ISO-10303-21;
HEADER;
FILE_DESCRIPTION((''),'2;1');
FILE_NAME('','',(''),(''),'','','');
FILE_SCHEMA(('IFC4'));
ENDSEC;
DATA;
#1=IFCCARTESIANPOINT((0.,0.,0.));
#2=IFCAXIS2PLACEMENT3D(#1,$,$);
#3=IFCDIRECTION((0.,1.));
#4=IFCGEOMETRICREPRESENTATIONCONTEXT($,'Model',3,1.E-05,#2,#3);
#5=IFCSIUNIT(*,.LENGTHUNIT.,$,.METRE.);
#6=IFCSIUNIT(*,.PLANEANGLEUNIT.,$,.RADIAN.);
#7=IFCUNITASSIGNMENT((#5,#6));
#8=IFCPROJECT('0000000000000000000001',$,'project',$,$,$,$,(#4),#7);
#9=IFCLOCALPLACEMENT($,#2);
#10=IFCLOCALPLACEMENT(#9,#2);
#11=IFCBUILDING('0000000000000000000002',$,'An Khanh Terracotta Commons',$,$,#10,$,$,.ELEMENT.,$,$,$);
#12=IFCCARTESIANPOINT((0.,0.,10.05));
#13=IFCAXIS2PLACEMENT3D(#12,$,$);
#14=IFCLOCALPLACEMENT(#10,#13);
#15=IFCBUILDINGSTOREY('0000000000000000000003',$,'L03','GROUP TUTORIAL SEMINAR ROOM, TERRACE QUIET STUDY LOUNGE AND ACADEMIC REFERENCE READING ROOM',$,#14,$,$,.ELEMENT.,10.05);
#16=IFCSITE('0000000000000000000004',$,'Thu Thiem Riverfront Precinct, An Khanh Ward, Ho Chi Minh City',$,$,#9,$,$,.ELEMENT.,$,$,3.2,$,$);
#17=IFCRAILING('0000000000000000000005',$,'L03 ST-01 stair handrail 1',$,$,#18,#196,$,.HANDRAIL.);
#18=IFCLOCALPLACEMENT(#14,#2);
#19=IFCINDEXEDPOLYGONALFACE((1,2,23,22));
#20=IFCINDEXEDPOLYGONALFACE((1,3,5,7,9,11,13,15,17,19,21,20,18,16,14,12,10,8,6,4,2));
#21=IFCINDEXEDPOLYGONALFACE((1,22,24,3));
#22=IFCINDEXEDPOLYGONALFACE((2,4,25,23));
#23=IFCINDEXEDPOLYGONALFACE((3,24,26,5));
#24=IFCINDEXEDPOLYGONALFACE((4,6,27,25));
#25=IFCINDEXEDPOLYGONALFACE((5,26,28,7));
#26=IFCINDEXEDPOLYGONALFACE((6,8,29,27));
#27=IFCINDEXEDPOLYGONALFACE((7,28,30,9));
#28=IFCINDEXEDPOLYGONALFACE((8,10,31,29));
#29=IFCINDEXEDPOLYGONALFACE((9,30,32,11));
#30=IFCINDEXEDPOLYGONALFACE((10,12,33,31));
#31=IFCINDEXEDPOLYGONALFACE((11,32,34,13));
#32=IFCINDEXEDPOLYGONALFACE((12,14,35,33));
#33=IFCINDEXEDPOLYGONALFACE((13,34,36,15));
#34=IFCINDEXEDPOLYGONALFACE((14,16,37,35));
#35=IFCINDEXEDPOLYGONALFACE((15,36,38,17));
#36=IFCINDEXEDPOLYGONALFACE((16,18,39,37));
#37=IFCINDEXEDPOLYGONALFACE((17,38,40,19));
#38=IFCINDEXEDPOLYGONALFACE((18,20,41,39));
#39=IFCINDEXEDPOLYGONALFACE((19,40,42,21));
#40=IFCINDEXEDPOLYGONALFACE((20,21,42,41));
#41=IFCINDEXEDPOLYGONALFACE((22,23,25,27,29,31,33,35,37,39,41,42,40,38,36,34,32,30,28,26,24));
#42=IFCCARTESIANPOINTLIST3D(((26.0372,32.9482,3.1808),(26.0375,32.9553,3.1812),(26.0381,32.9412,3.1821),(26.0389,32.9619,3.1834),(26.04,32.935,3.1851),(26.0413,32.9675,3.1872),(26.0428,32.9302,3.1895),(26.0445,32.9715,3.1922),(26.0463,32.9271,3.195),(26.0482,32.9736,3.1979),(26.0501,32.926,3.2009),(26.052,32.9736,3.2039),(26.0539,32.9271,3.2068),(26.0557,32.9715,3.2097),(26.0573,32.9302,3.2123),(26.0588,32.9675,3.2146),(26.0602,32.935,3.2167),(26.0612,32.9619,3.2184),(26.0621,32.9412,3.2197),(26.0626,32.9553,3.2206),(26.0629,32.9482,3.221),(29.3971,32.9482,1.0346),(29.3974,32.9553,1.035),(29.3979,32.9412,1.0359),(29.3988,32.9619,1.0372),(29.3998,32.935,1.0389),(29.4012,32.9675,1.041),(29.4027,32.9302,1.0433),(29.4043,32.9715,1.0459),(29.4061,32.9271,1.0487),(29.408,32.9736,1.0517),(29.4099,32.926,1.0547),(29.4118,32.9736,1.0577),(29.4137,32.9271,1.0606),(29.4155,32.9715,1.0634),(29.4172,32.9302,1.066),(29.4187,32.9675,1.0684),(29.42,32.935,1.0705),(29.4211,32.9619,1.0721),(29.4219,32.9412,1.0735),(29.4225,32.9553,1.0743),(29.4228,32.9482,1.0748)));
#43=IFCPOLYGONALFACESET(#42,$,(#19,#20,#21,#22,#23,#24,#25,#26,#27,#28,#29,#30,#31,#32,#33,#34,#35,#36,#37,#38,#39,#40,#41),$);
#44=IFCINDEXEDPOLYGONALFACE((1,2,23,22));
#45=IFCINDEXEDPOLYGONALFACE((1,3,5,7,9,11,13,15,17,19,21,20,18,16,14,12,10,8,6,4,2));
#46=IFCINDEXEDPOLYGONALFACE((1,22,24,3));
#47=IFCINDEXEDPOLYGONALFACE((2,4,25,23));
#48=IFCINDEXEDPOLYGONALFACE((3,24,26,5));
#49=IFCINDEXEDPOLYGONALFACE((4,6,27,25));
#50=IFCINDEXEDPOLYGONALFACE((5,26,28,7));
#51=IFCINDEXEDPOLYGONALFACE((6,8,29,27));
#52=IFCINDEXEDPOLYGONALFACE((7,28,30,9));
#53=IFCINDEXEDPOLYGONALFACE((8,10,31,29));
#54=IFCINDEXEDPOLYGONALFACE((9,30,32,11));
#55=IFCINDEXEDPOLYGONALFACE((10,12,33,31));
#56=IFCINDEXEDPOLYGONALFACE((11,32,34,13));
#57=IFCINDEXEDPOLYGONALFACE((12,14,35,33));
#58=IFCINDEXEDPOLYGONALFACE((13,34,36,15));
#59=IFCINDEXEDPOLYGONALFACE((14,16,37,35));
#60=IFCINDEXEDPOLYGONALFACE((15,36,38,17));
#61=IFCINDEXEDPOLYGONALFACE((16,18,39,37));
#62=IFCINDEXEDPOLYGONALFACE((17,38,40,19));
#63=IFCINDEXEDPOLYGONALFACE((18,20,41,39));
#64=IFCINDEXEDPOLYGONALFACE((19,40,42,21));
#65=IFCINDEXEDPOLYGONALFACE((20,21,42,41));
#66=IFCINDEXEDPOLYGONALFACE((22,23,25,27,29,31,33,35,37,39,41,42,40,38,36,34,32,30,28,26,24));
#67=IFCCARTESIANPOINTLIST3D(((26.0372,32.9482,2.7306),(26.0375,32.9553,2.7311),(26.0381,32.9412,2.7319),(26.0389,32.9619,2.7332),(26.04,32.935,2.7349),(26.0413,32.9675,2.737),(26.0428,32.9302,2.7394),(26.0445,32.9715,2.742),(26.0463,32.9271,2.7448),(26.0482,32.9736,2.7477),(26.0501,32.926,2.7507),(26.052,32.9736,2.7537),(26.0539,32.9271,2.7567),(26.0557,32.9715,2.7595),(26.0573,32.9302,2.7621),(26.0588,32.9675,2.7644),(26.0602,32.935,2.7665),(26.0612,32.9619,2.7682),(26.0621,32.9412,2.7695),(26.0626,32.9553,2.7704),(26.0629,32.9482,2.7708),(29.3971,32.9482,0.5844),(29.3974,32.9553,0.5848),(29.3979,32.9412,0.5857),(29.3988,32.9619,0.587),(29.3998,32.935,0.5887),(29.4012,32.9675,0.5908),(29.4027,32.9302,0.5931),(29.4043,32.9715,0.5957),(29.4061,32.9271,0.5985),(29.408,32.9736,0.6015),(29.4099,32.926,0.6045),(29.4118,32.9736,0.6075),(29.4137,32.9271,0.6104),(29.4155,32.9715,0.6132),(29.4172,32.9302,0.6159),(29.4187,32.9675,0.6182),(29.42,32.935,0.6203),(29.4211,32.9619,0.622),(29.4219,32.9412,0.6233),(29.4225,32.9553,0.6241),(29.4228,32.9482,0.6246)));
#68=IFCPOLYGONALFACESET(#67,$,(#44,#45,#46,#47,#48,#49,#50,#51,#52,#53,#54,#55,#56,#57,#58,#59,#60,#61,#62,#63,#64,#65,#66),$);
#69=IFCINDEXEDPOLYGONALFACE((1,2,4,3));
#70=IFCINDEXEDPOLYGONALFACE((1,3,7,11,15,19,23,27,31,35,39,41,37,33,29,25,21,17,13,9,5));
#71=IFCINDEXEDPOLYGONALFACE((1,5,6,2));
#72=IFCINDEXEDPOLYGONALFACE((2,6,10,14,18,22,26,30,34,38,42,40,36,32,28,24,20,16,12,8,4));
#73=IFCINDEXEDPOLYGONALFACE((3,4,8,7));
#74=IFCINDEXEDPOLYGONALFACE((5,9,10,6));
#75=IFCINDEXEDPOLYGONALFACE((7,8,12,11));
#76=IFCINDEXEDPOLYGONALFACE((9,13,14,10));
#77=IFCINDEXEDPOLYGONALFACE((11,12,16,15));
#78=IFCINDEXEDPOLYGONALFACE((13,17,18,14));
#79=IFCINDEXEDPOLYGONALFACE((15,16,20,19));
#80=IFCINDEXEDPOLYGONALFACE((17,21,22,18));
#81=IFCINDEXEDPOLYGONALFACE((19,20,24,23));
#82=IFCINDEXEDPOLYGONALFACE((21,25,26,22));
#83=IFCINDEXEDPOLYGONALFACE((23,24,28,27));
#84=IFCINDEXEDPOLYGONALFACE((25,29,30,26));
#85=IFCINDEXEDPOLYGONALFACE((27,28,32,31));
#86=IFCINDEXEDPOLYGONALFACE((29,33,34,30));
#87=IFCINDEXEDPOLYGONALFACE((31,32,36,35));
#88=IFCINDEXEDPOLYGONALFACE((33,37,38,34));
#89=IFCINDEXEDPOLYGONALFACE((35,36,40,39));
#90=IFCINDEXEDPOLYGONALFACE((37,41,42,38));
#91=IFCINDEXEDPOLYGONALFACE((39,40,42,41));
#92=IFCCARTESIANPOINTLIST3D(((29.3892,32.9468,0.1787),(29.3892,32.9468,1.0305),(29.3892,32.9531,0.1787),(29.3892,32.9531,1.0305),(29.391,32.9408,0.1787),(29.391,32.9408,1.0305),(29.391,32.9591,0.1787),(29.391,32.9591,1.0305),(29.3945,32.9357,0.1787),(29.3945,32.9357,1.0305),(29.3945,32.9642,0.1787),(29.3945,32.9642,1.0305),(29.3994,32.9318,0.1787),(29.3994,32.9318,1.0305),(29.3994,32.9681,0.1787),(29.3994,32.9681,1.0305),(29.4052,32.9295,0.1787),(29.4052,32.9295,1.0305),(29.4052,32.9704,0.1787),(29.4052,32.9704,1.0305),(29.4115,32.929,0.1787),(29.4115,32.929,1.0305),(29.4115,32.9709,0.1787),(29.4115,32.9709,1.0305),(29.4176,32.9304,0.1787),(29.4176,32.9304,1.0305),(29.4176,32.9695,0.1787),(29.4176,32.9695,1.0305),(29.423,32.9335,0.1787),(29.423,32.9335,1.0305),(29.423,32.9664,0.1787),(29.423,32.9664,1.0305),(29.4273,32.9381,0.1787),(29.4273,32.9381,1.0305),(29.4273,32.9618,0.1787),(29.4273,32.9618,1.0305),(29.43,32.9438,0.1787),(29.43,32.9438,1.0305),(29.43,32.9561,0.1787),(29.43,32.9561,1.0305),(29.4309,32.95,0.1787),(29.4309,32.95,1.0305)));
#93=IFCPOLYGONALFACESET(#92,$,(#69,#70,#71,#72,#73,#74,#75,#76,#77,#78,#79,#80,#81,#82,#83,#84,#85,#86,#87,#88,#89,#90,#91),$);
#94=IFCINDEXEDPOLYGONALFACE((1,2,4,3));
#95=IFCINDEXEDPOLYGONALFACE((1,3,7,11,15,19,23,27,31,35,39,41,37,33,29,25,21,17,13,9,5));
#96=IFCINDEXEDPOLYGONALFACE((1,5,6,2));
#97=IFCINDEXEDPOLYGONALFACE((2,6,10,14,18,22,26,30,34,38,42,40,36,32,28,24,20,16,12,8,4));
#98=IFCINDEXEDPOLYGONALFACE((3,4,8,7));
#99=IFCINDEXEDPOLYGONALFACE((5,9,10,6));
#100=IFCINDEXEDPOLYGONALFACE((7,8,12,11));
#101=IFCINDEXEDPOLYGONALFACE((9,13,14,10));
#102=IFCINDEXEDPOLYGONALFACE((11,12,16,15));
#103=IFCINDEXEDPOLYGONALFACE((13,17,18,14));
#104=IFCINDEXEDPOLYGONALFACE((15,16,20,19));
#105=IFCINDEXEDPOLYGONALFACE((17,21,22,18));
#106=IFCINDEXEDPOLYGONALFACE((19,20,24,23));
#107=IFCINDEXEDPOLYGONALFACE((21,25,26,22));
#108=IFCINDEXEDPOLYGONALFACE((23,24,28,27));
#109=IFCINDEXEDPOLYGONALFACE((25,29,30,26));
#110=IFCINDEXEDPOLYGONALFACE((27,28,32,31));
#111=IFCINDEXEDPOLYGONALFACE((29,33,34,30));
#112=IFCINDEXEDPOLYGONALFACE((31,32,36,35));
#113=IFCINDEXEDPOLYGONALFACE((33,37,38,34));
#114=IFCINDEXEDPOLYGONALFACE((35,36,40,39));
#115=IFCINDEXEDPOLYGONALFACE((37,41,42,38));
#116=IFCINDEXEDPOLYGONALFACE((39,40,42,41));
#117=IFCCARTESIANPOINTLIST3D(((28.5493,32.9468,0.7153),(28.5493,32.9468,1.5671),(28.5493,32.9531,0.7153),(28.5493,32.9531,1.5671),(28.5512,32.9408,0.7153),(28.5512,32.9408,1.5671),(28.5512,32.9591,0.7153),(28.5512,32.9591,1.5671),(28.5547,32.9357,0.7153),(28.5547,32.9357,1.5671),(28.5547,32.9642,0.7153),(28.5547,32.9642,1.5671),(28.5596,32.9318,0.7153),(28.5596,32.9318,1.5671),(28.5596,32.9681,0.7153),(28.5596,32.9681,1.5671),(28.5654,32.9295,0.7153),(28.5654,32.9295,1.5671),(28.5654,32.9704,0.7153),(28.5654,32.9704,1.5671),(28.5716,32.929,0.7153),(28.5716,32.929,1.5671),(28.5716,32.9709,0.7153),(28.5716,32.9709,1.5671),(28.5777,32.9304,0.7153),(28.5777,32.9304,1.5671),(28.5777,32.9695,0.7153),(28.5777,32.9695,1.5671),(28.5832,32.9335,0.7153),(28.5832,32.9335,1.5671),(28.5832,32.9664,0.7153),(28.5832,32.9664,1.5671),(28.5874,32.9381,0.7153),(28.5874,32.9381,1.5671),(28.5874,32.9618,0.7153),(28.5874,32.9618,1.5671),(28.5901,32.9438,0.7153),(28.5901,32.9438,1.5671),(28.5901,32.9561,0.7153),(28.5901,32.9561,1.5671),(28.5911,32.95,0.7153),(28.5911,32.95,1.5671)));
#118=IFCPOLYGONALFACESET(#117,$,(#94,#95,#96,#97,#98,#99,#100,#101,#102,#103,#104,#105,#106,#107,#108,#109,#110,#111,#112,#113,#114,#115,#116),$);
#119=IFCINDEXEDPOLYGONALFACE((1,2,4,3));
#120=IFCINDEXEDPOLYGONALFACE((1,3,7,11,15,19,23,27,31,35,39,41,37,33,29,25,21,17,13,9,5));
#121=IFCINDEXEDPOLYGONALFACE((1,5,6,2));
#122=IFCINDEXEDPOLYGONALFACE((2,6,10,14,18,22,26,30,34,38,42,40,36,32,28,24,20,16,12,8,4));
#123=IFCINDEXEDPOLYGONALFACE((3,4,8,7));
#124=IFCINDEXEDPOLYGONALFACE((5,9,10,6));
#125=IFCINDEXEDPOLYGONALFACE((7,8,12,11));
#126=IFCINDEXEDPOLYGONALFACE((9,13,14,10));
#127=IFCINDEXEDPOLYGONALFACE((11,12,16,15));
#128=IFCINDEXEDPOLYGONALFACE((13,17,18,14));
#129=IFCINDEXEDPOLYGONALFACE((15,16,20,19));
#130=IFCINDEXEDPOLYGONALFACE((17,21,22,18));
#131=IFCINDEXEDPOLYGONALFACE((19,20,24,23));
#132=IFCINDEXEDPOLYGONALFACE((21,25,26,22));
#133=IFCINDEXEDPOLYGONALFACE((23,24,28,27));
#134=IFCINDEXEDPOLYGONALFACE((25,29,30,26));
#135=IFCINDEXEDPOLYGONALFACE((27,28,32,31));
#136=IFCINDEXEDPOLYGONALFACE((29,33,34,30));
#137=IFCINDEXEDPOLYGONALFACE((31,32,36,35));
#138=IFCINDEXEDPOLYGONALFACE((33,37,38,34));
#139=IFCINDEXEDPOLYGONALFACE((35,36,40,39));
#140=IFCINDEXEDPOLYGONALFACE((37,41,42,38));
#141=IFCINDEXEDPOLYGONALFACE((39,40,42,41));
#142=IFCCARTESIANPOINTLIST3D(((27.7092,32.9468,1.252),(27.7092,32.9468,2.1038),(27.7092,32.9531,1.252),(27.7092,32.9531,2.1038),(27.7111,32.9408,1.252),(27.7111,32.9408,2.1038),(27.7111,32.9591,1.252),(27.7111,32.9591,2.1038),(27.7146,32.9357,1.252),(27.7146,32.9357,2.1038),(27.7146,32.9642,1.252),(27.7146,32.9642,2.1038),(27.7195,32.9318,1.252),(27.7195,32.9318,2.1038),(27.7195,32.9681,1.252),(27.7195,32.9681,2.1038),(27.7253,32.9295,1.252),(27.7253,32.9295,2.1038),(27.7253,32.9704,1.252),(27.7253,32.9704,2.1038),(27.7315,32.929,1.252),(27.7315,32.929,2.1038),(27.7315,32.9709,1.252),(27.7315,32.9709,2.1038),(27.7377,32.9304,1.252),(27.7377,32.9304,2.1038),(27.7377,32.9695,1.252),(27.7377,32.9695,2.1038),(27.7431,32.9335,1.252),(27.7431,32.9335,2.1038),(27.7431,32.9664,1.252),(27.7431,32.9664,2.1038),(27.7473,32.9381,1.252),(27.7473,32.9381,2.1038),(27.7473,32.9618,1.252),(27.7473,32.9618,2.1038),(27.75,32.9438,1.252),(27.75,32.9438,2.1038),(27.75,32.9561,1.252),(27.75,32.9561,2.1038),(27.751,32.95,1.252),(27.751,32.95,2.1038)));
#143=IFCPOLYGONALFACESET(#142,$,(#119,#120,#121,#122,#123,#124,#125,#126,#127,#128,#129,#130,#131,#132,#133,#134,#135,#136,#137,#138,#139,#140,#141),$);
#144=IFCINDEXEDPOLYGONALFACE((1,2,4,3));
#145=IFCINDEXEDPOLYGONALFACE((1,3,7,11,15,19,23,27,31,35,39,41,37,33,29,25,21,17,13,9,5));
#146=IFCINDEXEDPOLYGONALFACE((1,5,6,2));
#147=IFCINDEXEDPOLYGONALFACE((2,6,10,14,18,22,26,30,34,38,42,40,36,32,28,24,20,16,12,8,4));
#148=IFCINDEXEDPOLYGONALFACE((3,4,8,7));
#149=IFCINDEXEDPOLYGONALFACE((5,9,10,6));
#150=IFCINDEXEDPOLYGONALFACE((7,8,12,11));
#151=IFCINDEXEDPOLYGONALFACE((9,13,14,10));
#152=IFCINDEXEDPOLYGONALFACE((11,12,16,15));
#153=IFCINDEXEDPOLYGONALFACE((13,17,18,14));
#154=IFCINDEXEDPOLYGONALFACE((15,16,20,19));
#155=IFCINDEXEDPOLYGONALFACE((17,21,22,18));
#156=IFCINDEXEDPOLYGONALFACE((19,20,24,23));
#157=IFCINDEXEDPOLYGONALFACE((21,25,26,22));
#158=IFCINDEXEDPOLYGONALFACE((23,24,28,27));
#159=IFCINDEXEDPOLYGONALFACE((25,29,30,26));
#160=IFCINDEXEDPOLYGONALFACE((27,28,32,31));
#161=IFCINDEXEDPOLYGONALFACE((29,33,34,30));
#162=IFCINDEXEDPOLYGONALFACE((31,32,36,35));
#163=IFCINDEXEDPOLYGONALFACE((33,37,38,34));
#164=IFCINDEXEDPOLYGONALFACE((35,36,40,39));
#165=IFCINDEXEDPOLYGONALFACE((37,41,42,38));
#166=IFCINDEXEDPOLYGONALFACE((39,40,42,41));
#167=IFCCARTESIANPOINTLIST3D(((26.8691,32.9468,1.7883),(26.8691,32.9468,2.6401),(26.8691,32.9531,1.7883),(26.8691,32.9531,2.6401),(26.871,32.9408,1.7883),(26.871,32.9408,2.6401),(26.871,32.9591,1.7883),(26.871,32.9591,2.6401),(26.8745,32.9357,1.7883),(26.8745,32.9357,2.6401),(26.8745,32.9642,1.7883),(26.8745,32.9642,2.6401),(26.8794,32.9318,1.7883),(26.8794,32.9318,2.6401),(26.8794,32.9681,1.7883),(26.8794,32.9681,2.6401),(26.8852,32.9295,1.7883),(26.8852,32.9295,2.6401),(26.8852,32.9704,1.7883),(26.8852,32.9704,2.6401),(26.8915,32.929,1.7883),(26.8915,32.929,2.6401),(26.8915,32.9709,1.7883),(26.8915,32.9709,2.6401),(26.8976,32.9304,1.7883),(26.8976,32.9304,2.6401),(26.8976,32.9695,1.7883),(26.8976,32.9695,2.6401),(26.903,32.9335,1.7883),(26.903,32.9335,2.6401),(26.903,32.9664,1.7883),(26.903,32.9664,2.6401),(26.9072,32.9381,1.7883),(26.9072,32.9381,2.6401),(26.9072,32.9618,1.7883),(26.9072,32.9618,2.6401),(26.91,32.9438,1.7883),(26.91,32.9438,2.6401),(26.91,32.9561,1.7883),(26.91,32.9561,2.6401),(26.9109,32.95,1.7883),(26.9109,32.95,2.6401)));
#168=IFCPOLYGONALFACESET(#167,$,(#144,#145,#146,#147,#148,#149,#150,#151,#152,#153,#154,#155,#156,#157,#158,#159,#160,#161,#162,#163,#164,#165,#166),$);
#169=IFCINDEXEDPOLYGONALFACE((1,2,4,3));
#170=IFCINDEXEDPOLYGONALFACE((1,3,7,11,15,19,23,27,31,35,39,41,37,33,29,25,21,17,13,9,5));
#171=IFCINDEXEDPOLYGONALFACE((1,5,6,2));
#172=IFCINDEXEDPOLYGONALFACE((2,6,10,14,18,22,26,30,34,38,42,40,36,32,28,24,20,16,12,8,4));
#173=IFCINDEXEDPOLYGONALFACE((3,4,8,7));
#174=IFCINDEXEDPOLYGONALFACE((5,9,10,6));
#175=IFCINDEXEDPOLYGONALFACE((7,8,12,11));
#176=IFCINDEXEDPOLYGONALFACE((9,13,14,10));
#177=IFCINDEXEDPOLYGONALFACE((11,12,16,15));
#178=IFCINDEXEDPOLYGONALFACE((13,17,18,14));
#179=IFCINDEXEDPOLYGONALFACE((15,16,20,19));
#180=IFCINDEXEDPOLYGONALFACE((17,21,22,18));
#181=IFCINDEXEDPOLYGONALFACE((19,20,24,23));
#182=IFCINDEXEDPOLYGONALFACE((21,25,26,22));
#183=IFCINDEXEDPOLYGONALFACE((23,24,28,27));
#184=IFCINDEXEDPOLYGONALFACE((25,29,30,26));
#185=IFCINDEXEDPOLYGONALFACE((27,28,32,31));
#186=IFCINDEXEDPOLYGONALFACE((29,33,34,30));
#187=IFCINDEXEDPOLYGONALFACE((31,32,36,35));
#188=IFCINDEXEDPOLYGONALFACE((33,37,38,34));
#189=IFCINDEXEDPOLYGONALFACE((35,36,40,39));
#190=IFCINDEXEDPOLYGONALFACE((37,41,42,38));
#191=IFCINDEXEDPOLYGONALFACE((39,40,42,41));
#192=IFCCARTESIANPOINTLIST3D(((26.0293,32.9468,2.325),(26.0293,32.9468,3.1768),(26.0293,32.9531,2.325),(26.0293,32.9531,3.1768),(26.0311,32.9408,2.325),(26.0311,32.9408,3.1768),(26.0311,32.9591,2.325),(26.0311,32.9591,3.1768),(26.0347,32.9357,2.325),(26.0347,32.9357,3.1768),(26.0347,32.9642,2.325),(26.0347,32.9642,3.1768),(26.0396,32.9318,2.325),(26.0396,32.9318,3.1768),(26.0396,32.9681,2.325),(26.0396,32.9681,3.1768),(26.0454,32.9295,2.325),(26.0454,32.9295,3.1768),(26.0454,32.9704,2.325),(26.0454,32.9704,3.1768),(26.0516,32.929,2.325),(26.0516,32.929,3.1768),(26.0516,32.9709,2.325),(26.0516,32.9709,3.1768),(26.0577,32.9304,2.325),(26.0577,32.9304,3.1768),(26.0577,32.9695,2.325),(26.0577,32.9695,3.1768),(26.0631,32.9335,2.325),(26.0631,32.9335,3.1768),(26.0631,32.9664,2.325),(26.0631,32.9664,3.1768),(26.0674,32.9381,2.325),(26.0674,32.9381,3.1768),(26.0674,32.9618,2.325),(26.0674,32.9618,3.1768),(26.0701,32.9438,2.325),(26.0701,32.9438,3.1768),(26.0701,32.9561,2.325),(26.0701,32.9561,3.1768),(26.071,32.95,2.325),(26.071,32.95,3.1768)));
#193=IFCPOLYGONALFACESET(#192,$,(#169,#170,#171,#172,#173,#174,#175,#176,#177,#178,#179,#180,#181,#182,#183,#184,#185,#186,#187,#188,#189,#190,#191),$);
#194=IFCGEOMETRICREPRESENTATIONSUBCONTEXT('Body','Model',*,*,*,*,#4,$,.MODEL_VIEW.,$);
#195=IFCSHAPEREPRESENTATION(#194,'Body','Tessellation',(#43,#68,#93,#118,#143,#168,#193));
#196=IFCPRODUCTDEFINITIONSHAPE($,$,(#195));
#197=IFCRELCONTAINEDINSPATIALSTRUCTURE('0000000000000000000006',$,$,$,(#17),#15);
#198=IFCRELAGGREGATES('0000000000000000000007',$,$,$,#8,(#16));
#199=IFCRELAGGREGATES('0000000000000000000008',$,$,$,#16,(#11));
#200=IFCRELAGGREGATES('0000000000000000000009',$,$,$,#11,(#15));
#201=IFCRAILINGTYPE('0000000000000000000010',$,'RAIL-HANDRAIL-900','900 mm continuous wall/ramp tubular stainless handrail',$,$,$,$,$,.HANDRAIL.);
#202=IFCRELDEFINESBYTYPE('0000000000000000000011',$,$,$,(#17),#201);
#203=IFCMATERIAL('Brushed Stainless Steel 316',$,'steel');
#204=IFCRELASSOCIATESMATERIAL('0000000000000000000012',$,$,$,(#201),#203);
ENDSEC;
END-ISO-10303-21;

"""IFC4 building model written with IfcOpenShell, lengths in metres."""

from ifc_helpers import new_model, si_unit, direction, frame, origin, origin_2d, place, context, subcontext, project, spatial, circle, extrude, material, type_object, element, save


model = new_model("IFC4")

# Units and contexts
model_context = context("Model", 3, precision=1e-05, world=origin(), true_north=direction((0.0, 1.0)))
body_context = subcontext(model_context, "Body", "Model", "MODEL_VIEW")
ifc_project = project(units=[si_unit("LENGTHUNIT", "METRE"), si_unit("PLANEANGLEUNIT", "RADIAN")], contexts=[model_context])

# Site, building, storey
site_placement = place(None, origin())
site = spatial("IfcSite", under=ifc_project, at=site_placement, Name="Thu Thiem Riverfront Precinct, An Khanh Ward, Ho Chi Minh City", CompositionType="ELEMENT", RefElevation=3.2)
building_placement = place(site_placement, origin())
building = spatial("IfcBuilding", under=site, at=building_placement, Name="An Khanh Terracotta Commons", CompositionType="ELEMENT")
storey_placement = place(building_placement, frame((0.0, 0.0, 10.05)))
storey = spatial("IfcBuildingStorey", under=building, at=storey_placement, Name="L03", Description="GROUP TUTORIAL SEMINAR ROOM, TERRACE QUIET STUDY LOUNGE AND ACADEMIC REFERENCE READING ROOM", CompositionType="ELEMENT", Elevation=10.05)

# Railing
ifc_material_1 = material(Name="Brushed Stainless Steel 316", Category="steel")
railing_type_1 = type_object("IfcRailingType", Name="RAIL-HANDRAIL-900", Description="900 mm continuous wall/ramp tubular stainless handrail", PredefinedType="HANDRAIL", material=ifc_material_1)
railing_1_placement = place(storey_placement, frame((29.4099, 32.95, 0.1787)))
element("IfcRailing", 1, at=railing_1_placement, inside=storey, type_object=railing_type_1, Name="L03 ST-01 stair handrail 1", PredefinedType="HANDRAIL", context=body_context, shape_type="SweptSolid", body=[
    extrude(circle(Radius=0.0239, at=origin_2d()), frame((0.0, 0.0, 0.876), z_axis=(-0.842735, 0.0, 0.538329), x_axis=(0.0, -1.0, 0.0)), (0.0, 0.0, 1.0), 3.9868),
    extrude(circle(Radius=0.0239, at=origin_2d()), frame((0.0, 0.0, 0.4258), z_axis=(-0.842735, 0.0, 0.538329), x_axis=(0.0, -1.0, 0.0)), (0.0, 0.0, 1.0), 3.9868),
    extrude(circle(Radius=0.021, at=origin_2d()), origin(), (0.0, 0.0, 1.0), 0.8518),
    extrude(circle(Radius=0.021, at=origin_2d()), frame((-0.8398, 0.0, 0.5366)), (0.0, 0.0, 1.0), 0.8518),
    extrude(circle(Radius=0.021, at=origin_2d()), frame((-1.6799, 0.0, 1.0732)), (0.0, 0.0, 1.0), 0.8518),
    extrude(circle(Radius=0.021, at=origin_2d()), frame((-2.52, 0.0, 1.6096)), (0.0, 0.0, 1.0), 0.8518),
    extrude(circle(Radius=0.021, at=origin_2d()), frame((-3.3599, 0.0, 2.1462)), (0.0, 0.0, 1.0), 0.8518),
])

save(model, "model.ifc")
